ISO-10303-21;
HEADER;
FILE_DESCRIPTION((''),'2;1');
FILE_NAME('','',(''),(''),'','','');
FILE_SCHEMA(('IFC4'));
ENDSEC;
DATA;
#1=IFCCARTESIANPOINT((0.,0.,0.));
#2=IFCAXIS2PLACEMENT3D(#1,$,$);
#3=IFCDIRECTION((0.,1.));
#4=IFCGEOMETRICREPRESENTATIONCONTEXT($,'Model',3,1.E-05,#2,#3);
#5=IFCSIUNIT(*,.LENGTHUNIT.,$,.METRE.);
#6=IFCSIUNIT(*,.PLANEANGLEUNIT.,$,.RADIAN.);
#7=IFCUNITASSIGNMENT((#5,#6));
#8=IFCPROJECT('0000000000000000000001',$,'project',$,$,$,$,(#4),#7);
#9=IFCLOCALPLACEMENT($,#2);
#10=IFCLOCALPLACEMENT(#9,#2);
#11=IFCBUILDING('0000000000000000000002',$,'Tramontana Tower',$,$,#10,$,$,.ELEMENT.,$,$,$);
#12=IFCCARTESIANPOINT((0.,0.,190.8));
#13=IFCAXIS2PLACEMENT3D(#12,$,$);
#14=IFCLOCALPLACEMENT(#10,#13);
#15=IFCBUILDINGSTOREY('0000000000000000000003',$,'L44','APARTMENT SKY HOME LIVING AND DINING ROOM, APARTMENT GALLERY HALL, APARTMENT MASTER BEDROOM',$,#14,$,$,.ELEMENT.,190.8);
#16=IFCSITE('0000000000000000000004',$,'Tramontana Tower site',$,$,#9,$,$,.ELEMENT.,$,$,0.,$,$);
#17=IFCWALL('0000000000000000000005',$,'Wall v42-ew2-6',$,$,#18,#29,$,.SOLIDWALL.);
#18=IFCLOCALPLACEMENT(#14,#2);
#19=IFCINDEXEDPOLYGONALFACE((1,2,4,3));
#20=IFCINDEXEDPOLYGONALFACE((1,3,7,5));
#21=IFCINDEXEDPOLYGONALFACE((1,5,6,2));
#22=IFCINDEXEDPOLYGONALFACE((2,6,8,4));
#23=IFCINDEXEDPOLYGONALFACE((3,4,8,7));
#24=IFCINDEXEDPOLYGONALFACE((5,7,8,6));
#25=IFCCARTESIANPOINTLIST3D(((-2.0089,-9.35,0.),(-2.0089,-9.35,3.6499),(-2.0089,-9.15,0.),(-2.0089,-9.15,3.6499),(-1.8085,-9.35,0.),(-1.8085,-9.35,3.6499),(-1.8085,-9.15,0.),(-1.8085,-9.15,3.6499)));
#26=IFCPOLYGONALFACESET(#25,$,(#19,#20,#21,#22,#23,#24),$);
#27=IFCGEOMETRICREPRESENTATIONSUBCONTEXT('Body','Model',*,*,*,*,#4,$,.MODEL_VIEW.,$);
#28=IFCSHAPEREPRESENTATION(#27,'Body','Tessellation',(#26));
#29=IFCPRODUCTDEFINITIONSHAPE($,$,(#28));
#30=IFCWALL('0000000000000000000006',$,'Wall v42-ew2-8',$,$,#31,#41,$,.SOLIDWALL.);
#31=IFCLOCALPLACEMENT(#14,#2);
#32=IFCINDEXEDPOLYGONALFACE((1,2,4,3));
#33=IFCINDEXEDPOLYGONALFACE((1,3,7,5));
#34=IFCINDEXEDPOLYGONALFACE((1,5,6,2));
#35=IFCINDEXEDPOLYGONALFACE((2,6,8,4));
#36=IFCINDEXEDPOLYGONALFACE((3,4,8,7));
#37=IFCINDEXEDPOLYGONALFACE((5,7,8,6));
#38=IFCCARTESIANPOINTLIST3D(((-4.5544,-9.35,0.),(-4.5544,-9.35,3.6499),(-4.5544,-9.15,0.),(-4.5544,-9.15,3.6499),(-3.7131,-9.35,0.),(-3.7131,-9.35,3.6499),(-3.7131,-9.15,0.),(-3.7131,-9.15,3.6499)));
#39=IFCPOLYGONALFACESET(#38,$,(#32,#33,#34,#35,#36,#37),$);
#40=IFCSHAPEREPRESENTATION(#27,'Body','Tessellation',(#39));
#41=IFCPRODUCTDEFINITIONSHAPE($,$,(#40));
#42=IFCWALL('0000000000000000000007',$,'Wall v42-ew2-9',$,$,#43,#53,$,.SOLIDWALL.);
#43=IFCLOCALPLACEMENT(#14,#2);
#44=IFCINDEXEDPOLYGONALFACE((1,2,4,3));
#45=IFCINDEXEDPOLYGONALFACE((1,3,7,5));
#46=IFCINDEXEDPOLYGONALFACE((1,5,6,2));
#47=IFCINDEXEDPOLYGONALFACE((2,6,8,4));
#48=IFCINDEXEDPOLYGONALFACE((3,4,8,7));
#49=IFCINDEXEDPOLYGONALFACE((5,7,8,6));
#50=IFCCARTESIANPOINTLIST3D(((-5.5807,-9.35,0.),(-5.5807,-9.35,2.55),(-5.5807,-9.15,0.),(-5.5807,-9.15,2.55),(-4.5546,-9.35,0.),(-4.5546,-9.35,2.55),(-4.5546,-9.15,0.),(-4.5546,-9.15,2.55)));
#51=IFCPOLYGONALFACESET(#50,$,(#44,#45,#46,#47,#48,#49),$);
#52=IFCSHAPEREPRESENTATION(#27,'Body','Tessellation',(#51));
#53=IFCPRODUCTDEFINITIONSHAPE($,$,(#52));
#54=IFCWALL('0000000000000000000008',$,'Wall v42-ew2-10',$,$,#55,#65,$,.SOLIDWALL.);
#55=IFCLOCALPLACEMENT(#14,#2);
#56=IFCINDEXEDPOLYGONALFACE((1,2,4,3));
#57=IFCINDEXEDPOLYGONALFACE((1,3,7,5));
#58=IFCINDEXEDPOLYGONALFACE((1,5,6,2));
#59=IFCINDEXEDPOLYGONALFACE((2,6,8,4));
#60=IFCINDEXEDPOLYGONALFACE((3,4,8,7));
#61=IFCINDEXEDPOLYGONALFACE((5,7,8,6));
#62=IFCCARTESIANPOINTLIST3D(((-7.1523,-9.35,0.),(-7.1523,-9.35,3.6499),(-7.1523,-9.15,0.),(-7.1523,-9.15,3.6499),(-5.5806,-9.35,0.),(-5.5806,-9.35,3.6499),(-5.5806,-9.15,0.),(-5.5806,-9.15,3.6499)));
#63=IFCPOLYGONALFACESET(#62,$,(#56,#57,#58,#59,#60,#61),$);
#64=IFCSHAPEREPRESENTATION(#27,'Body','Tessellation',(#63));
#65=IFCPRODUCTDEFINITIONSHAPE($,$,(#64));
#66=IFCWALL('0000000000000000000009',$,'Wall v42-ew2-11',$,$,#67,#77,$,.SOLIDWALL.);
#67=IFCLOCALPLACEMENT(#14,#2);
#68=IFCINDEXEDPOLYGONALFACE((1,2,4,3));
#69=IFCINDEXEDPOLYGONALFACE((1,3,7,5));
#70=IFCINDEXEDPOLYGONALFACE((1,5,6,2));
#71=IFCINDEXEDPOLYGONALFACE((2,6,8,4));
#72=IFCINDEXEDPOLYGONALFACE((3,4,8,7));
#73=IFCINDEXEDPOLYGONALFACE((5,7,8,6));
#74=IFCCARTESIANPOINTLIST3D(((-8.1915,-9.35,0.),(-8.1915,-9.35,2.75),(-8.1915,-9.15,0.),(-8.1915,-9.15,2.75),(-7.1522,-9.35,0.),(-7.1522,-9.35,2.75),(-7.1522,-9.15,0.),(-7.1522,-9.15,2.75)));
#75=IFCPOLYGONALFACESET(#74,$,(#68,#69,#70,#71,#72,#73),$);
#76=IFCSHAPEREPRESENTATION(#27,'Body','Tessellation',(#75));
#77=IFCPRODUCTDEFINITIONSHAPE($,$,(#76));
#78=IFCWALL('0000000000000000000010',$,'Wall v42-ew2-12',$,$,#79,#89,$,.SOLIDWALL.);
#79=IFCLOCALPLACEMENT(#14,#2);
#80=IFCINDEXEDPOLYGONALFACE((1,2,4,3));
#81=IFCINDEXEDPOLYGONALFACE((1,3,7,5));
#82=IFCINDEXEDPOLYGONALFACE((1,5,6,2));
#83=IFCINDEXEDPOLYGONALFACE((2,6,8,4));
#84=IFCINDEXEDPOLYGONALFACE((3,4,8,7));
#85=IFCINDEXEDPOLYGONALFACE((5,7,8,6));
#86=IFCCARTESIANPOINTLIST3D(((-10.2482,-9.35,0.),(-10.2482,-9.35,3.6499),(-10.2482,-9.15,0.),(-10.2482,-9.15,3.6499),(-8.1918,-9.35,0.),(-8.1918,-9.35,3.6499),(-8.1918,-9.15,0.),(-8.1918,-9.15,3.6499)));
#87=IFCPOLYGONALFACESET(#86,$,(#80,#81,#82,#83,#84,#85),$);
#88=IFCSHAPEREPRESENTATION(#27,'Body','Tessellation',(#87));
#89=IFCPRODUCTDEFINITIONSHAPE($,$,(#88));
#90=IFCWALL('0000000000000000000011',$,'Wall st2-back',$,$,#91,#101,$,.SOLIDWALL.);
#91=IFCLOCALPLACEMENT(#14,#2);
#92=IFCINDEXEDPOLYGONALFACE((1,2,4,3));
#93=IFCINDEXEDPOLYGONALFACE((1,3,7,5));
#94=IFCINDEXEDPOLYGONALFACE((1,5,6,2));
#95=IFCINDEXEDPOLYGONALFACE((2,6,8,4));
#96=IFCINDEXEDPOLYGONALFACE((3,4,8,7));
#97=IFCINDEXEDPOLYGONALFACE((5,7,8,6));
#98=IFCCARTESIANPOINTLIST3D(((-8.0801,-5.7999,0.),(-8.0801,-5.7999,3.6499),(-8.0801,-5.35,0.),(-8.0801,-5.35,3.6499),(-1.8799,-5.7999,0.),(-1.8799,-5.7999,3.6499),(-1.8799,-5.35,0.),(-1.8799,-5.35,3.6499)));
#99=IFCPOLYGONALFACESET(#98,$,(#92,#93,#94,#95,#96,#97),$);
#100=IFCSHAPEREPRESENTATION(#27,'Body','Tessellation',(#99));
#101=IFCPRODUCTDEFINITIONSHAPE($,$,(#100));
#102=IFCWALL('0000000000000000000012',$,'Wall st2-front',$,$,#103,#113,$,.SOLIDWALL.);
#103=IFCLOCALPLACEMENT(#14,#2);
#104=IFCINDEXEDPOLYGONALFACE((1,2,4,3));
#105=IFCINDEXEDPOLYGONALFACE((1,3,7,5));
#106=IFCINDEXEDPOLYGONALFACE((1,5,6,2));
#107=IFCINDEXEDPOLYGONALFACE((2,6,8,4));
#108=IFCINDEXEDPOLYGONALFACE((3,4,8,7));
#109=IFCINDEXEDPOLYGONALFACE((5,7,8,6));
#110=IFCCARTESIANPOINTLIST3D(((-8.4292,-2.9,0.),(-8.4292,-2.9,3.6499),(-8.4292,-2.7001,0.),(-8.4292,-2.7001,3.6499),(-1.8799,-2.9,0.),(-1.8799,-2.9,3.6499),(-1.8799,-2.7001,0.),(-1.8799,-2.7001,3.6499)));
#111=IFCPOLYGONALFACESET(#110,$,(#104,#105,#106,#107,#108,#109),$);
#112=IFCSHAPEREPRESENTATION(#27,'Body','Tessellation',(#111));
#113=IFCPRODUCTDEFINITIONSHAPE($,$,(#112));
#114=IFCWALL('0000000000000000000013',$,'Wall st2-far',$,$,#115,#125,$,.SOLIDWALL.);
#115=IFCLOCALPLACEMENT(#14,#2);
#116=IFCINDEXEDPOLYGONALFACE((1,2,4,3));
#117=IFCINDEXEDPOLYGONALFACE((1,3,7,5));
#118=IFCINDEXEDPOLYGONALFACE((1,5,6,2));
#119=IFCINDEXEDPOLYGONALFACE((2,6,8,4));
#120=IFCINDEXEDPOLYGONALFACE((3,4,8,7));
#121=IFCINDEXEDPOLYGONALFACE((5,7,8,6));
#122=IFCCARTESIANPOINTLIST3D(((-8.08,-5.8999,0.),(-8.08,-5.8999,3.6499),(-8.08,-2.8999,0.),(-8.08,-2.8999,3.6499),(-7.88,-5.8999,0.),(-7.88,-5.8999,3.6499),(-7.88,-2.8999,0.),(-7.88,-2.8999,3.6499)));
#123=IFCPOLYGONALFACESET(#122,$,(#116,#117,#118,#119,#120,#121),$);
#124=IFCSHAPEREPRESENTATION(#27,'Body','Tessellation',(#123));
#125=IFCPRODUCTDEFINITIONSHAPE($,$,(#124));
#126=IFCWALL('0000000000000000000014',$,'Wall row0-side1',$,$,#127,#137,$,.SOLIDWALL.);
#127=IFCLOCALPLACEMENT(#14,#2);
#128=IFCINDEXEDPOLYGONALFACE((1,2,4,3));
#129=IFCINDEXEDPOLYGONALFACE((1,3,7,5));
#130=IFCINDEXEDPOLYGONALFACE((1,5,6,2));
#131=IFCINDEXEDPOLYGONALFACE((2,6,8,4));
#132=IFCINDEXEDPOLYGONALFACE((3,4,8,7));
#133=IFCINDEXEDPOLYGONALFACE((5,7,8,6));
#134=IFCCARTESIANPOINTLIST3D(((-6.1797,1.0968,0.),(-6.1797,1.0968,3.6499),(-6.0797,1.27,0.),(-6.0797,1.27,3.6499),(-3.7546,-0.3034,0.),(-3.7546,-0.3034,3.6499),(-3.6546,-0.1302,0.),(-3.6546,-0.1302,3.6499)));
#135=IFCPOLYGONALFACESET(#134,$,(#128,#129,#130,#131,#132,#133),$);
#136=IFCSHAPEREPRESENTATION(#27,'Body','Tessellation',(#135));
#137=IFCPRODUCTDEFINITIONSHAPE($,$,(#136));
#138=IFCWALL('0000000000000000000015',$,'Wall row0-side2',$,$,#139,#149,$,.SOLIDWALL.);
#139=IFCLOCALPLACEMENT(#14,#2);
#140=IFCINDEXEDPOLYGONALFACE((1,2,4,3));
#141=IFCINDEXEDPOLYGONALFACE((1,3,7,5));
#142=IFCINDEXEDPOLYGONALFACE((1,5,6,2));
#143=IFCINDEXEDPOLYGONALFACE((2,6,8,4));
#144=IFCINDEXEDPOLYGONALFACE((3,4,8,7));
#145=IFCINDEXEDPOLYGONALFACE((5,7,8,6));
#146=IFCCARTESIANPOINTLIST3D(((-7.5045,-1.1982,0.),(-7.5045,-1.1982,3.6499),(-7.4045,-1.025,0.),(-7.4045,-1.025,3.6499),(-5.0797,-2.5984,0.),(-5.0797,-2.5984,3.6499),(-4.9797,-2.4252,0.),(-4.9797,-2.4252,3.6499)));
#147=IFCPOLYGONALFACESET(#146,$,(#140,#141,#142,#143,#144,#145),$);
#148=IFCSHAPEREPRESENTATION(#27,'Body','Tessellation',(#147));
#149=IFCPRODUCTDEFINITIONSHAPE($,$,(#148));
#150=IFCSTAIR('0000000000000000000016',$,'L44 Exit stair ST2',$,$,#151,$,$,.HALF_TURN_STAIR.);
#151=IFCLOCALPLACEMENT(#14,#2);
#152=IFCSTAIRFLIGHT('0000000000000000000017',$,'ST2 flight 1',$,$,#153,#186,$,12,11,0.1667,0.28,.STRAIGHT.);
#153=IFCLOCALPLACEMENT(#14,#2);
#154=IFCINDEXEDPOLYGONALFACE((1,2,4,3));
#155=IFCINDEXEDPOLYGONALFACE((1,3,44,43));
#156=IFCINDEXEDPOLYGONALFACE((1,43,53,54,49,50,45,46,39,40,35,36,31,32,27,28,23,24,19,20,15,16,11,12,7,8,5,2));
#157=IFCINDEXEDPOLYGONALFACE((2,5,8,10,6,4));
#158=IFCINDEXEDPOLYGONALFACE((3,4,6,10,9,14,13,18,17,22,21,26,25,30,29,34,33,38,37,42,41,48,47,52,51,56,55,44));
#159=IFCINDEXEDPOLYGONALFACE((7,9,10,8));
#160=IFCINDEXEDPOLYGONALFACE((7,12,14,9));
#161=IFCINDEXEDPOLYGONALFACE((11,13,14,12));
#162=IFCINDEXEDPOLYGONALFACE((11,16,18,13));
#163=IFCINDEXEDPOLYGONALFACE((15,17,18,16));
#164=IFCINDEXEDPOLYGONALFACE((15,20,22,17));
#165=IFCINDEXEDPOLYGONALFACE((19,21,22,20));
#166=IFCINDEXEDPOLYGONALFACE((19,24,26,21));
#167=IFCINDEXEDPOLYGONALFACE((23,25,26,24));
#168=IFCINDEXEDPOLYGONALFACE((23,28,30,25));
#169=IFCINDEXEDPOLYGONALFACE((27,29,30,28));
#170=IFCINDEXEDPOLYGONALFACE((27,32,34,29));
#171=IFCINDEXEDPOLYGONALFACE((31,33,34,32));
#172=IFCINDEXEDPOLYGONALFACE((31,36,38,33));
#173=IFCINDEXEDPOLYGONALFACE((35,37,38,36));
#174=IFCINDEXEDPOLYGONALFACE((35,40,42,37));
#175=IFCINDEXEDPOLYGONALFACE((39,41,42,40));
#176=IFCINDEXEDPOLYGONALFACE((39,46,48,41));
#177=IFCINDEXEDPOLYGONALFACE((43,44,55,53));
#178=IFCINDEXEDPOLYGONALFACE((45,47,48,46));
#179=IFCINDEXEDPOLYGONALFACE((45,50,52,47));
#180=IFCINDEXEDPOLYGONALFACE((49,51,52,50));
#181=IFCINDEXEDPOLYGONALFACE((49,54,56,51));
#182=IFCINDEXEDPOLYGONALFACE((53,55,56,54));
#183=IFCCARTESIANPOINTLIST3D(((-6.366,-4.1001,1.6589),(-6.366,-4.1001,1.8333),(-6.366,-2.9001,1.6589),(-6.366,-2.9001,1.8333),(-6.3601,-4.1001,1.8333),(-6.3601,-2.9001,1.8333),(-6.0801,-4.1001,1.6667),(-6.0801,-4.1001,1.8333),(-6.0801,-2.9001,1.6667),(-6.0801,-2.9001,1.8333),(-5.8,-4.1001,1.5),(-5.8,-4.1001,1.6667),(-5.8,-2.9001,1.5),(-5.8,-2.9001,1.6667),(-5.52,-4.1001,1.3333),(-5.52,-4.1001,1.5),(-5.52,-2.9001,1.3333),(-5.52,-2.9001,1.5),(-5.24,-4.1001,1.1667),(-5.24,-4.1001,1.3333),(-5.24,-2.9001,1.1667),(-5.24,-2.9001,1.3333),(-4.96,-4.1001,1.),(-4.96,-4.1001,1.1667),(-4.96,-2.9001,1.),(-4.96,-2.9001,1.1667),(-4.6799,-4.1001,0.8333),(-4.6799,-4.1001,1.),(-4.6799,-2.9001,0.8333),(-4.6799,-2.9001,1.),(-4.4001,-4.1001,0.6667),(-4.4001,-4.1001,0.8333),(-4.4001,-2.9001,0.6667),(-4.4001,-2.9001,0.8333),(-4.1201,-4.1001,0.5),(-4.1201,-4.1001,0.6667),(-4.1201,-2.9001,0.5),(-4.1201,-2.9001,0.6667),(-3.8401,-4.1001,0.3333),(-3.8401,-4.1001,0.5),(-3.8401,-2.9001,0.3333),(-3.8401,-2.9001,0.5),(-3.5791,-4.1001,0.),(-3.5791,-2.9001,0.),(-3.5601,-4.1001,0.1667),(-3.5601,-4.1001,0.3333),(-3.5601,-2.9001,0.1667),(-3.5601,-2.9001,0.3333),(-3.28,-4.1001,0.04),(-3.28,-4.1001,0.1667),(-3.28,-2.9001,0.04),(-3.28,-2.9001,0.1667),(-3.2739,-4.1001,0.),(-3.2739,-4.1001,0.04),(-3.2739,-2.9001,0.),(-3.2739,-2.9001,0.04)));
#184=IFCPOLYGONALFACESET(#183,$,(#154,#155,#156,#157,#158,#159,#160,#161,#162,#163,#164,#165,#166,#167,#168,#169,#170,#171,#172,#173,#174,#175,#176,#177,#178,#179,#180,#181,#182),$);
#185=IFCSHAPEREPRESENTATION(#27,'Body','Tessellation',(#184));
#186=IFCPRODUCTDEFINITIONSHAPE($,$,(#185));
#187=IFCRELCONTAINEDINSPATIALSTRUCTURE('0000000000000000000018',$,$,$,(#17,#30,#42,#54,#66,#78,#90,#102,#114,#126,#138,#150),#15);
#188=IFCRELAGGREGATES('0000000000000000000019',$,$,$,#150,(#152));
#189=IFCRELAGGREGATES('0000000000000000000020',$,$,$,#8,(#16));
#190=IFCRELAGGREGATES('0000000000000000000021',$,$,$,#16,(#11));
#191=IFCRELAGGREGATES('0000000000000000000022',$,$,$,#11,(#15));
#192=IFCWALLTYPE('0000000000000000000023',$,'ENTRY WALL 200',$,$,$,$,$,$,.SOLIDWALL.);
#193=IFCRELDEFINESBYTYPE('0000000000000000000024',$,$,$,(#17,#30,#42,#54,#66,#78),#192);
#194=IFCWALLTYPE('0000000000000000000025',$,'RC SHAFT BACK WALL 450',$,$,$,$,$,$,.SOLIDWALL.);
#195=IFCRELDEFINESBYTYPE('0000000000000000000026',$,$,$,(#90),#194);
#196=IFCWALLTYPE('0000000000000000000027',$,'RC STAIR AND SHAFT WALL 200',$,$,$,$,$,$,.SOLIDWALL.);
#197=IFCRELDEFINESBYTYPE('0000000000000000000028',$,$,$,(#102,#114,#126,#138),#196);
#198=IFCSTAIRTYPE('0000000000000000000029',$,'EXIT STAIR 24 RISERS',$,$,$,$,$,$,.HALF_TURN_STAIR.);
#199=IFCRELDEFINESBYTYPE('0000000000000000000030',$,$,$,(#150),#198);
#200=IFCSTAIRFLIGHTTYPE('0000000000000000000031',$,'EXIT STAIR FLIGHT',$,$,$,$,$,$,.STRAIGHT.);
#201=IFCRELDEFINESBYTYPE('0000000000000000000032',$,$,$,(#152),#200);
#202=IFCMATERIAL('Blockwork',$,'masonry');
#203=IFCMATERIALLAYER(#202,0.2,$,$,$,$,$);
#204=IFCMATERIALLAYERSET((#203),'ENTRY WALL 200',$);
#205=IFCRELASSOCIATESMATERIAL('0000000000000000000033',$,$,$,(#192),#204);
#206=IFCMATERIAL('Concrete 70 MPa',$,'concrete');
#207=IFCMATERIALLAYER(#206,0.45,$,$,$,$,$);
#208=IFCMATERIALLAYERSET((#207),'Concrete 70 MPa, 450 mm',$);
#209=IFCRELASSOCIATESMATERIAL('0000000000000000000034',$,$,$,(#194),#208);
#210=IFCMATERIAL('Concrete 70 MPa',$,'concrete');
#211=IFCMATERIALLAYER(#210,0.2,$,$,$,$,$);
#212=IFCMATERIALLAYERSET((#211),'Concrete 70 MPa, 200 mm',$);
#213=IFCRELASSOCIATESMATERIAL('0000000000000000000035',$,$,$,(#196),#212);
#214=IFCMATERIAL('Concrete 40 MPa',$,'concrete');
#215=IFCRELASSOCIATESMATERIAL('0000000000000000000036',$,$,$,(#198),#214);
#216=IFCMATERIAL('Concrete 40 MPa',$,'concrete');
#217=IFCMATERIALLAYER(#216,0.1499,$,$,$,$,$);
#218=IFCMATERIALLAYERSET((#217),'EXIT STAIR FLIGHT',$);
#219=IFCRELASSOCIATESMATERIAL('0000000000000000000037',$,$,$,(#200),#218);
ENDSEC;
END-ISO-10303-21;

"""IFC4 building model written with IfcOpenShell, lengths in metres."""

from ifc_helpers import new_model, si_unit, direction, frame, frame_2d, origin, place, context, subcontext, project, spatial, polyline, rectangle, outline, extrude, material, layer, layer_set, type_object, element, aggregate, save


model = new_model("IFC4")

# Units and contexts
model_context = context("Model", 3, precision=1e-05, world=origin(), true_north=direction((0.0, 1.0)))
body_context = subcontext(model_context, "Body", "Model", "MODEL_VIEW")
ifc_project = project(units=[si_unit("LENGTHUNIT", "METRE"), si_unit("PLANEANGLEUNIT", "RADIAN")], contexts=[model_context])

# Site, building, storey
site_placement = place(None, origin())
site = spatial("IfcSite", under=ifc_project, at=site_placement, Name="Tramontana Tower site", CompositionType="ELEMENT", RefElevation=0.0)
building_placement = place(site_placement, origin())
building = spatial("IfcBuilding", under=site, at=building_placement, Name="Tramontana Tower", CompositionType="ELEMENT")
storey_placement = place(building_placement, frame((0.0, 0.0, 190.8)))
storey = spatial("IfcBuildingStorey", under=building, at=storey_placement, Name="L44", Description="APARTMENT SKY HOME LIVING AND DINING ROOM, APARTMENT GALLERY HALL, APARTMENT MASTER BEDROOM", CompositionType="ELEMENT", Elevation=190.8)

# Wall
ifc_material_1 = material(Name="Blockwork", Category="masonry")
ifc_layer_1 = layer(ifc_material_1, 0.2)
ifc_layer_set_1 = layer_set([ifc_layer_1], Name="ENTRY WALL 200")
wall_type_1 = type_object("IfcWallType", Name="ENTRY WALL 200", PredefinedType="SOLIDWALL", material=ifc_layer_set_1)
wall_1_placement = place(storey_placement, frame((-1.8086, -9.25, 0.0), z_axis=(0.0, 0.0, 1.0), x_axis=(-1.0, 0.0, 0.0)))
element("IfcWall", 1, at=wall_1_placement, inside=storey, type_object=wall_type_1, Name="Wall v42-ew2-6", PredefinedType="SOLIDWALL", context=body_context, shape_type="SweptSolid", body=[
    extrude(rectangle(XDim=0.2004, YDim=0.2, at=frame_2d((0.1001, 0.0))), origin(), (0.0, 0.0, 1.0), 3.6499),
])

# Walls
wall_2_placement = place(storey_placement, frame((-3.7131, -9.25, 0.0), z_axis=(0.0, 0.0, 1.0), x_axis=(-1.0, 0.0, 0.0)))
element("IfcWall", 2, at=wall_2_placement, inside=storey, type_object=wall_type_1, Name="Wall v42-ew2-8", PredefinedType="SOLIDWALL", context=body_context, shape_type="SweptSolid", body=[
    extrude(rectangle(XDim=0.8413, YDim=0.2, at=frame_2d((0.4207, 0.0))), origin(), (0.0, 0.0, 1.0), 3.6499),
])
wall_3_placement = place(storey_placement, frame((-4.5544, -9.25, 0.0), z_axis=(0.0, 0.0, 1.0), x_axis=(-1.0, 0.0, 0.0)))
element("IfcWall", 3, at=wall_3_placement, inside=storey, type_object=wall_type_1, Name="Wall v42-ew2-9", PredefinedType="SOLIDWALL", context=body_context, shape_type="SweptSolid", body=[
    extrude(rectangle(XDim=1.0261, YDim=0.2, at=frame_2d((0.5132, 0.0))), origin(), (0.0, 0.0, 1.0), 2.55),
])
wall_4_placement = place(storey_placement, frame((-5.5806, -9.25, 0.0), z_axis=(0.0, 0.0, 1.0), x_axis=(-1.0, 0.0, 0.0)))
element("IfcWall", 4, at=wall_4_placement, inside=storey, type_object=wall_type_1, Name="Wall v42-ew2-10", PredefinedType="SOLIDWALL", context=body_context, shape_type="SweptSolid", body=[
    extrude(rectangle(XDim=1.5718, YDim=0.2, at=frame_2d((0.7859, 0.0))), origin(), (0.0, 0.0, 1.0), 3.6499),
])
wall_5_placement = place(storey_placement, frame((-7.1523, -9.25, 0.0), z_axis=(0.0, 0.0, 1.0), x_axis=(-1.0, 0.0, 0.0)))
element("IfcWall", 5, at=wall_5_placement, inside=storey, type_object=wall_type_1, Name="Wall v42-ew2-11", PredefinedType="SOLIDWALL", context=body_context, shape_type="SweptSolid", body=[
    extrude(rectangle(XDim=1.0393, YDim=0.2, at=frame_2d((0.5195, 0.0))), origin(), (0.0, 0.0, 1.0), 2.75),
])
wall_6_placement = place(storey_placement, frame((-8.1917, -9.25, 0.0), z_axis=(0.0, 0.0, 1.0), x_axis=(-1.0, 0.0, 0.0)))
element("IfcWall", 6, at=wall_6_placement, inside=storey, type_object=wall_type_1, Name="Wall v42-ew2-12", PredefinedType="SOLIDWALL", context=body_context, shape_type="SweptSolid", body=[
    extrude(rectangle(XDim=2.0564, YDim=0.2, at=frame_2d((1.0283, 0.0))), origin(), (0.0, 0.0, 1.0), 3.6499),
])
ifc_material_2 = material(Name="Concrete 70 MPa", Category="concrete")
ifc_layer_2 = layer(ifc_material_2, 0.45)
ifc_layer_set_2 = layer_set([ifc_layer_2], Name="Concrete 70 MPa, 450 mm")
wall_type_2 = type_object("IfcWallType", Name="RC SHAFT BACK WALL 450", PredefinedType="SOLIDWALL", material=ifc_layer_set_2)
wall_7_placement = place(storey_placement, frame((-8.0801, -5.575, 0.0), z_axis=(0.0, 0.0, 1.0), x_axis=(1.0, 0.0, 0.0)))
element("IfcWall", 7, at=wall_7_placement, inside=storey, type_object=wall_type_2, Name="Wall st2-back", PredefinedType="SOLIDWALL", context=body_context, shape_type="SweptSolid", body=[
    extrude(rectangle(XDim=6.2002, YDim=0.45, at=frame_2d((3.1001, 0.0))), origin(), (0.0, 0.0, 1.0), 3.6499),
])
ifc_material_3 = material(Name="Concrete 70 MPa", Category="concrete")
ifc_layer_3 = layer(ifc_material_3, 0.2)
ifc_layer_set_3 = layer_set([ifc_layer_3], Name="Concrete 70 MPa, 200 mm")
wall_type_3 = type_object("IfcWallType", Name="RC STAIR AND SHAFT WALL 200", PredefinedType="SOLIDWALL", material=ifc_layer_set_3)
wall_8_placement = place(storey_placement, frame((-8.4292, -2.8, 0.0), z_axis=(0.0, 0.0, 1.0), x_axis=(1.0, 0.0, 0.0)))
element("IfcWall", 8, at=wall_8_placement, inside=storey, type_object=wall_type_3, Name="Wall st2-front", PredefinedType="SOLIDWALL", context=body_context, shape_type="SweptSolid", body=[
    extrude(rectangle(XDim=6.5493, YDim=0.2, at=frame_2d((3.2747, 0.0))), origin(), (0.0, 0.0, 1.0), 3.6499),
])
wall_9_placement = place(storey_placement, frame((-7.98, -2.8999, 0.0), z_axis=(0.0, 0.0, 1.0), x_axis=(0.0, -1.0, 0.0)))
element("IfcWall", 9, at=wall_9_placement, inside=storey, type_object=wall_type_3, Name="Wall st2-far", PredefinedType="SOLIDWALL", context=body_context, shape_type="SweptSolid", body=[
    extrude(rectangle(XDim=3.0, YDim=0.2, at=frame_2d((1.5, 0.0))), origin(), (0.0, 0.0, 1.0), 3.6499),
])

# Walls
wall_10_placement = place(storey_placement, frame((-3.7046, -0.2168, 0.0), z_axis=(0.0, 0.0, 1.0), x_axis=(-0.866019, 0.500012, 0.0)))
element("IfcWall", 10, at=wall_10_placement, inside=storey, type_object=wall_type_3, Name="Wall row0-side1", PredefinedType="SOLIDWALL", context=body_context, shape_type="SweptSolid", body=[
    extrude(rectangle(XDim=2.8003, YDim=0.2, at=frame_2d((1.4001, 0.0))), origin(), (0.0, 0.0, 1.0), 3.6499),
])
wall_11_placement = place(storey_placement, frame((-5.0298, -2.5117, 0.0), z_axis=(0.0, 0.0, 1.0), x_axis=(-0.865997, 0.50005, 0.0)))
element("IfcWall", 11, at=wall_11_placement, inside=storey, type_object=wall_type_3, Name="Wall row0-side2", PredefinedType="SOLIDWALL", context=body_context, shape_type="SweptSolid", body=[
    extrude(rectangle(XDim=2.8, YDim=0.2, at=frame_2d((1.3999, 0.0))), origin(), (0.0, 0.0, 1.0), 3.6499),
])

# Stair, stair flight
ifc_material_4 = material(Name="Concrete 40 MPa", Category="concrete")
stair_type = type_object("IfcStairType", Name="EXIT STAIR 24 RISERS", PredefinedType="HALF_TURN_STAIR", material=ifc_material_4)
stair_placement = place(storey_placement, origin())
stair = element("IfcStair", 12, at=stair_placement, inside=storey, type_object=stair_type, Name="L44 Exit stair ST2", PredefinedType="HALF_TURN_STAIR")
ifc_material_5 = material(Name="Concrete 40 MPa", Category="concrete")
ifc_layer_4 = layer(ifc_material_5, 0.1499)
ifc_layer_set_4 = layer_set([ifc_layer_4], Name="EXIT STAIR FLIGHT")
stair_flight_type = type_object("IfcStairFlightType", Name="EXIT STAIR FLIGHT", PredefinedType="STRAIGHT", material=ifc_layer_set_4)
stair_flight_1_placement = place(storey_placement, frame((-3.28, -3.5, 0.0), z_axis=(0.0, 0.0, 1.0), x_axis=(-1.0, 0.0, 0.0)))
stair_flight_1 = element("IfcStairFlight", 13, at=stair_flight_1_placement, type_object=stair_flight_type, Name="ST2 flight 1", NumberOfRisers=12, NumberOfTreads=11, PredefinedType="STRAIGHT", RiserHeight=0.1667, TreadLength=0.28, context=body_context, shape_type="SweptSolid", body=[
    extrude(outline(polyline([(-0.0061, 0.0), (-0.0061, 0.04), (0.0, 0.04), (0.0, 0.1667), (0.28, 0.1667), (0.28, 0.3333), (0.5601, 0.3333), (0.5601, 0.5), (0.8401, 0.5), (0.8401, 0.6667), (1.1201, 0.6667), (1.1201, 0.8333), (1.3999, 0.8333), (1.3999, 1.0), (1.6799, 1.0), (1.6799, 1.1667), (1.96, 1.1667), (1.96, 1.3333), (2.24, 1.3333), (2.24, 1.5), (2.52, 1.5), (2.52, 1.6667), (2.8, 1.6667), (2.8, 1.8333), (3.0801, 1.8333), (3.0859, 1.8333), (3.0859, 1.6589), (0.2991, 0.0), (-0.0061, 0.0)])), frame((0.0, 0.6001, 0.0), z_axis=(0.0, -1.0, 0.0), x_axis=(1.0, 0.0, 0.0)), (0.0, 0.0, 1.0), 1.2),
])
aggregate(stair, [stair_flight_1])

save(model, "model.ifc")
